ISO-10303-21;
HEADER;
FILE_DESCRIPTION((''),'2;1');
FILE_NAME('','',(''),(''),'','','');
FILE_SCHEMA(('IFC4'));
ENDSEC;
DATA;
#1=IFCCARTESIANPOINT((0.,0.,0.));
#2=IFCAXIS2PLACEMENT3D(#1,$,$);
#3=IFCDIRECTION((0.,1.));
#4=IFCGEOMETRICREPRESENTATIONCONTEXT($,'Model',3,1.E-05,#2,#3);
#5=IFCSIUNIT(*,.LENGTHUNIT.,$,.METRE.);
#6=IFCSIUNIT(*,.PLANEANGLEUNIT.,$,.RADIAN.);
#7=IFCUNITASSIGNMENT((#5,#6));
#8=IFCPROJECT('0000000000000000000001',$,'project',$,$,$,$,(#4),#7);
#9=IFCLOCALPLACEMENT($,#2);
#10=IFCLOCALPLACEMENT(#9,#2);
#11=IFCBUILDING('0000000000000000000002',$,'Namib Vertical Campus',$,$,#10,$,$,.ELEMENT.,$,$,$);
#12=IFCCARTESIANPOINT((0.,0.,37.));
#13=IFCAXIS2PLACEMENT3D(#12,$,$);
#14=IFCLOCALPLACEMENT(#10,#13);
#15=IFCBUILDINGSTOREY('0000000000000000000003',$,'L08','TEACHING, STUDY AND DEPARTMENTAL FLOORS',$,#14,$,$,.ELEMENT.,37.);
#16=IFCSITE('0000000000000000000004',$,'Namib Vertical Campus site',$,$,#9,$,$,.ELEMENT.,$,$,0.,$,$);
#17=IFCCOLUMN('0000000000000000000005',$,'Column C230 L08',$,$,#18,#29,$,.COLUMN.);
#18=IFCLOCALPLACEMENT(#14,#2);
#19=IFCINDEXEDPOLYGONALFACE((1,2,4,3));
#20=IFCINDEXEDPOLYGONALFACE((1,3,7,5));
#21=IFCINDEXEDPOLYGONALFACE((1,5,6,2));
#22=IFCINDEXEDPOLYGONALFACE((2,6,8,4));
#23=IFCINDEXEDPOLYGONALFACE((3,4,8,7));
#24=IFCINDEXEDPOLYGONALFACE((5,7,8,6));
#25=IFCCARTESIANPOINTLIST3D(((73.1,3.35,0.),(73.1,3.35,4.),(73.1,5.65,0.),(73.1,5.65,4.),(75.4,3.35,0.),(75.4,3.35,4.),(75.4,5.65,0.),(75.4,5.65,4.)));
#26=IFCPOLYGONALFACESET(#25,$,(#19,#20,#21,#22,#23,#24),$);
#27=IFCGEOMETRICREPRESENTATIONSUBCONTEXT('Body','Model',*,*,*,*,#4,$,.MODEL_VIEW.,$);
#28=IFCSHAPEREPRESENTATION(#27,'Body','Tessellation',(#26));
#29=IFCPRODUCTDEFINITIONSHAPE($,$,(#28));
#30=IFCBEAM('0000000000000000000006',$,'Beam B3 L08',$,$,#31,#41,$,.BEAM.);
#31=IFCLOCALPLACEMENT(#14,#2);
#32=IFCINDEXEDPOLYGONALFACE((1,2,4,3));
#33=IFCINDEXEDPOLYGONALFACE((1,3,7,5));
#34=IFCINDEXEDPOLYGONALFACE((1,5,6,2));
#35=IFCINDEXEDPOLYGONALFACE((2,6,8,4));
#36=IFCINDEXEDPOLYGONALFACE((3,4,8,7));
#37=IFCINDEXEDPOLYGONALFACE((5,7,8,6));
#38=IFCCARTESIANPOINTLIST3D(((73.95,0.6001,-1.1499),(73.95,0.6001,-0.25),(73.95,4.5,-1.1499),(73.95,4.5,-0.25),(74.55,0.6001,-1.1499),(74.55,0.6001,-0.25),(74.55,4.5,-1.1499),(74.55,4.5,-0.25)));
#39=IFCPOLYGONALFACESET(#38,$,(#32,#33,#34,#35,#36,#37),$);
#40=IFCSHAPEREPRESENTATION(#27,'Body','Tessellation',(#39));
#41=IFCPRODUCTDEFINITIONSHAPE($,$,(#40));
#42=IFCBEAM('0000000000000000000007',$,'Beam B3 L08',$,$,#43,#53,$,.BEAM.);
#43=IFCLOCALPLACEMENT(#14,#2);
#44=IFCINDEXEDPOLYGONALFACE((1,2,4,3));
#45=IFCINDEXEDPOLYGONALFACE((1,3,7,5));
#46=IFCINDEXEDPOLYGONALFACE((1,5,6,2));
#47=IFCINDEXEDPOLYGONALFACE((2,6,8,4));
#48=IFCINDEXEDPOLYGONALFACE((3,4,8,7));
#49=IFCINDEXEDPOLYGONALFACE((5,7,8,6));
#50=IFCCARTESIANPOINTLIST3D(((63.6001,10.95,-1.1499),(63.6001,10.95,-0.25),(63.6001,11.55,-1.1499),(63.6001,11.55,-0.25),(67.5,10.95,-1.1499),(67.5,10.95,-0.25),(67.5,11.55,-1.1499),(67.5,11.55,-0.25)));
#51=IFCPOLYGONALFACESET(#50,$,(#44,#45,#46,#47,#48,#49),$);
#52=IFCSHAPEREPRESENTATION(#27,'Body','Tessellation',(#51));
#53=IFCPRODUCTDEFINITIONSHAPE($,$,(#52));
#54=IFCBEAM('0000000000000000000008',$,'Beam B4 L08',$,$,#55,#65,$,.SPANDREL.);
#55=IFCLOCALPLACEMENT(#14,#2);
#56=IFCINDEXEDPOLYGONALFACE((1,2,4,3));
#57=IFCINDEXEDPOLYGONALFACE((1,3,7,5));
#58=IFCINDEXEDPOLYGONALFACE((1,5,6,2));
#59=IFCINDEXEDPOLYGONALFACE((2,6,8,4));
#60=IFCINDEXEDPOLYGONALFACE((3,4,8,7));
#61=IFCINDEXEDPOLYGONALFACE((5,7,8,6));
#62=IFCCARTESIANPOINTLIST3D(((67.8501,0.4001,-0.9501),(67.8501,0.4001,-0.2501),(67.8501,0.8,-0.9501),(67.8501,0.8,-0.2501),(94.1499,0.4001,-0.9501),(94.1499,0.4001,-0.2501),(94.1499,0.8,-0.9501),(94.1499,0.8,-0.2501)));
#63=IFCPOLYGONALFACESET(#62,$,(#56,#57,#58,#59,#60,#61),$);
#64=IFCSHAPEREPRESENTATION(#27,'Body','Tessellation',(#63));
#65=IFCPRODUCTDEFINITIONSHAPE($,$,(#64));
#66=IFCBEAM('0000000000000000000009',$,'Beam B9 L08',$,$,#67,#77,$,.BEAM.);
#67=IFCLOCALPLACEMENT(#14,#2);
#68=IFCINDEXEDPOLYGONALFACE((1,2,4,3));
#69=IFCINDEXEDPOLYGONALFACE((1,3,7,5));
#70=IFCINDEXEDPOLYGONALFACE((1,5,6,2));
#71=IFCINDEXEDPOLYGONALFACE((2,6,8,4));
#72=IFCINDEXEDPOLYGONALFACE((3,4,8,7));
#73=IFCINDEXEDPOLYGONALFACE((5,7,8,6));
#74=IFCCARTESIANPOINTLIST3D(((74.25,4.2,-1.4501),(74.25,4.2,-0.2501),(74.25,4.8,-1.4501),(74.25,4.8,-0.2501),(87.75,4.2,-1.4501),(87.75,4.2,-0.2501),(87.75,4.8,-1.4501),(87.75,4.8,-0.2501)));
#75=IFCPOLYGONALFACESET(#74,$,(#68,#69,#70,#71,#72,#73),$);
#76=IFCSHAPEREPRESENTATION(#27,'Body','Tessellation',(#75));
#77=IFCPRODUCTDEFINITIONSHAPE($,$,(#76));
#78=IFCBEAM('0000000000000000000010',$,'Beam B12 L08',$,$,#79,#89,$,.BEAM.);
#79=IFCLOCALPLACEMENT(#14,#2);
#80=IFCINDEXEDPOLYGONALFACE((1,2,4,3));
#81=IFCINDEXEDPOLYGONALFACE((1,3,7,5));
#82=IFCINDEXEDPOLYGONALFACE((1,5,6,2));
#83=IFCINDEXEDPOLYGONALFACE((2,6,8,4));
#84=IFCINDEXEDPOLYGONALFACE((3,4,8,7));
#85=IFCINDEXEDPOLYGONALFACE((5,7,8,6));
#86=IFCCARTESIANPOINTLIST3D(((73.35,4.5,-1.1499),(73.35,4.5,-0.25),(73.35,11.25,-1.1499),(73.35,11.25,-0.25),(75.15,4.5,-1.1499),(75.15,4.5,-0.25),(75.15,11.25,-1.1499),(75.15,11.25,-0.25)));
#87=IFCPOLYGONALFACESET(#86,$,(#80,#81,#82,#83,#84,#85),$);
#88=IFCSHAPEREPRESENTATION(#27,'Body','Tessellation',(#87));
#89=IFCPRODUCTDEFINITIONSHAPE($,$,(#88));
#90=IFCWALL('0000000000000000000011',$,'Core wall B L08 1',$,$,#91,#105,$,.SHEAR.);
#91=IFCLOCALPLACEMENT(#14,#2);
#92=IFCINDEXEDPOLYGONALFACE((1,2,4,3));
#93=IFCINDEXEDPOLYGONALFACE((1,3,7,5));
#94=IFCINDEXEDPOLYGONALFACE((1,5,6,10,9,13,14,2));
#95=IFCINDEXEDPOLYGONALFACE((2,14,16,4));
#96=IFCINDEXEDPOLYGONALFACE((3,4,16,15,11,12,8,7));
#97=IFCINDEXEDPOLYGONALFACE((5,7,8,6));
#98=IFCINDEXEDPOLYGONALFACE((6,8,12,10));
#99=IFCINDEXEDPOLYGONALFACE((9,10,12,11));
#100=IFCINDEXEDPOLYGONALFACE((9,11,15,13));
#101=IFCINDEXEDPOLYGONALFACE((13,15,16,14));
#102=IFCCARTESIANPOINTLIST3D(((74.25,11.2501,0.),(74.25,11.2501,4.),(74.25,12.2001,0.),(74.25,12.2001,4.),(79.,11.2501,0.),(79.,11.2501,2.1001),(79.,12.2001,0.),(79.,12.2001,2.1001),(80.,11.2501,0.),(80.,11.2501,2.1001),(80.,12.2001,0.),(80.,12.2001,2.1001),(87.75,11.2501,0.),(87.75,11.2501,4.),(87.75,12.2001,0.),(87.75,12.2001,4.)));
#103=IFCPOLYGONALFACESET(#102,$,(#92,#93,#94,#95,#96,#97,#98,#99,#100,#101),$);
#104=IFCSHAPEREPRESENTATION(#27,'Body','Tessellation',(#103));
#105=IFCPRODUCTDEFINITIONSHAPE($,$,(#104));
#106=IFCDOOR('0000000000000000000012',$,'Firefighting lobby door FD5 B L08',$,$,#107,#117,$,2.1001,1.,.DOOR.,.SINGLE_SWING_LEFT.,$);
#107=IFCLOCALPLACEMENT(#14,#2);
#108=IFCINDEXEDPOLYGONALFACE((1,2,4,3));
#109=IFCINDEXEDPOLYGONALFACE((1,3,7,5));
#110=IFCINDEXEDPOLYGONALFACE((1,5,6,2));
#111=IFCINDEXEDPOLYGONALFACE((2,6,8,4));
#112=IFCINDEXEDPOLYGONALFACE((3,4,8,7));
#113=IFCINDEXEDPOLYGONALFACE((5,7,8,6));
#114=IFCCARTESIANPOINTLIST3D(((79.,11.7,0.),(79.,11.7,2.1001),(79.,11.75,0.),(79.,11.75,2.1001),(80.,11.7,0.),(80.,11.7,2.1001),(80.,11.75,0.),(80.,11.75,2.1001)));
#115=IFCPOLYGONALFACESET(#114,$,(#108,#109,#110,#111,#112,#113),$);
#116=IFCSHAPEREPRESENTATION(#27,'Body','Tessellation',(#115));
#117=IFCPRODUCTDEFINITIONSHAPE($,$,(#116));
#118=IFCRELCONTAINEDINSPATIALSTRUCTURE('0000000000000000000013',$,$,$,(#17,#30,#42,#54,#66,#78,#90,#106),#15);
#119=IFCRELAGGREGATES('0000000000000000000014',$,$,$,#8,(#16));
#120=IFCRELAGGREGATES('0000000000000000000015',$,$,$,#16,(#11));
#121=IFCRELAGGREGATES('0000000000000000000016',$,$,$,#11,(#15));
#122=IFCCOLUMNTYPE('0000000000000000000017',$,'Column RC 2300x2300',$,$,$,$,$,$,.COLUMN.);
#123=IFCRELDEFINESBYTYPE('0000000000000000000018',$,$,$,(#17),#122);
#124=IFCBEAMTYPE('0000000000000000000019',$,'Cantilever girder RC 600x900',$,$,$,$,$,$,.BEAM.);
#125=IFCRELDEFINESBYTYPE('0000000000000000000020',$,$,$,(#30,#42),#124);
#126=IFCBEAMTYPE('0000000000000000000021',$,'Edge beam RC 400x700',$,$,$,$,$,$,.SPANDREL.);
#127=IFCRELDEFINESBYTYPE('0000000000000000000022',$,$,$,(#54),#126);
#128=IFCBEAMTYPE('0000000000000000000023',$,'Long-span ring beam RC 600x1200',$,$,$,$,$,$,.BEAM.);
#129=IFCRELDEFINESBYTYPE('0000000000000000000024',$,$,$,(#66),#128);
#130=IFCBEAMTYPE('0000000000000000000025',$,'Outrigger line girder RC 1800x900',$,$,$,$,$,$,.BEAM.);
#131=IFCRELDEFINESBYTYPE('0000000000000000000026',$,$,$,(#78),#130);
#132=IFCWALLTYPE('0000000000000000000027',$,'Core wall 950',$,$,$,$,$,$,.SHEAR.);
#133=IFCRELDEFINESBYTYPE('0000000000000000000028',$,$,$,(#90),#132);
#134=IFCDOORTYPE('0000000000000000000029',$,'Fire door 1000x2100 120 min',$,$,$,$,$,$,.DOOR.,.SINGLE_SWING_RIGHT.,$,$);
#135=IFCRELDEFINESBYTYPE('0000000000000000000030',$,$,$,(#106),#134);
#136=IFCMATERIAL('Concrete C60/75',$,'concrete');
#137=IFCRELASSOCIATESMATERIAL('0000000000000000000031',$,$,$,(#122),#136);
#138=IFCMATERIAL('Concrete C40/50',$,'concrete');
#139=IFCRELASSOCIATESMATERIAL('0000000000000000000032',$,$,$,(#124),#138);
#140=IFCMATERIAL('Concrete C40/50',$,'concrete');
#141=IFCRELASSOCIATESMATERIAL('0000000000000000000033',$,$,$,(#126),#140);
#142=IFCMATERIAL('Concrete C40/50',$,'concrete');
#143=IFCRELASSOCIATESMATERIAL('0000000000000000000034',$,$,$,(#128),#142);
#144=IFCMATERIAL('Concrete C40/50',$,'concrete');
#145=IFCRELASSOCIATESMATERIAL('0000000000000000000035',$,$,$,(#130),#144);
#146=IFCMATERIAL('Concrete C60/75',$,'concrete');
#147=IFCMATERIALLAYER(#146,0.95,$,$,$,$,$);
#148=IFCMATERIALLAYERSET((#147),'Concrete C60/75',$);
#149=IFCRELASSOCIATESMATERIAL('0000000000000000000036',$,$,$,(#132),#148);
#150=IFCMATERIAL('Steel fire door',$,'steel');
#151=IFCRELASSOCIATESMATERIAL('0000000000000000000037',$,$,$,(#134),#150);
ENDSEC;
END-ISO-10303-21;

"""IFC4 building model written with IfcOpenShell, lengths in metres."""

from ifc_helpers import new_model, si_unit, direction, frame, frame_2d, origin, origin_2d, place, context, subcontext, project, spatial, rectangle, extrude, material, layer, layer_set, material_profile, profile_set, type_object, element, fill, save


model = new_model("IFC4")

# Units and contexts
model_context = context("Model", 3, precision=1e-05, world=origin(), true_north=direction((0.0, 1.0)))
body_context = subcontext(model_context, "Body", "Model", "MODEL_VIEW")
ifc_project = project(units=[si_unit("LENGTHUNIT", "METRE"), si_unit("PLANEANGLEUNIT", "RADIAN")], contexts=[model_context])

# Site, building, storey
site_placement = place(None, origin())
site = spatial("IfcSite", under=ifc_project, at=site_placement, Name="Namib Vertical Campus site", CompositionType="ELEMENT", RefElevation=0.0)
building_placement = place(site_placement, origin())
building = spatial("IfcBuilding", under=site, at=building_placement, Name="Namib Vertical Campus", CompositionType="ELEMENT")
storey_placement = place(building_placement, frame((0.0, 0.0, 37.0)))
storey = spatial("IfcBuildingStorey", under=building, at=storey_placement, Name="L08", Description="TEACHING, STUDY AND DEPARTMENTAL FLOORS", CompositionType="ELEMENT", Elevation=37.0)

# Column
ifc_material_1 = material(Name="Concrete C60/75", Category="concrete")
ifc_material_profile_1 = material_profile(ifc_material_1, rectangle(XDim=2.3, YDim=2.3, at=origin_2d()))
ifc_profile_set_1 = profile_set([ifc_material_profile_1], Name="Concrete C60/75")
column_type = type_object("IfcColumnType", Name="Column RC 2300x2300", PredefinedType="COLUMN", material=ifc_profile_set_1)
column_placement = place(storey_placement, frame((74.25, 4.5, 0.0), z_axis=(0.0, 0.0, 1.0), x_axis=(1.0, 0.0, 0.0)))
element("IfcColumn", 1, at=column_placement, inside=storey, type_object=column_type, Name="Column C230 L08", PredefinedType="COLUMN", context=body_context, shape_type="SweptSolid", body=[
    extrude(rectangle(XDim=2.3, YDim=2.3, at=origin_2d()), origin(), (0.0, 0.0, 1.0), 4.0),
])

# Beams
ifc_material_2 = material(Name="Concrete C40/50", Category="concrete")
ifc_material_profile_2 = material_profile(ifc_material_2, rectangle(XDim=0.6001, YDim=0.8999, at=origin_2d()))
ifc_profile_set_2 = profile_set([ifc_material_profile_2], Name="Concrete C40/50")
beam_type_1 = type_object("IfcBeamType", Name="Cantilever girder RC 600x900", PredefinedType="BEAM", material=ifc_profile_set_2)
for number, where, z_axis, x_axis, name in (
    (2, (74.25, 4.5, -0.7), (0.0, -1.0, 0.0), (1.0, 0.0, 0.0), "Beam B3 L08"),
    (3, (67.5, 11.25, -0.7), (-1.0, 0.0, 0.0), (0.0, -1.0, 0.0), "Beam B3 L08"),
):
    element("IfcBeam", number, at=place(storey_placement, frame(where, z_axis=z_axis, x_axis=x_axis)), inside=storey, type_object=beam_type_1, Name=name, PredefinedType="BEAM", context=body_context, shape_type="SweptSolid", body=[
        extrude(rectangle(XDim=0.6001, YDim=0.8999, at=origin_2d()), origin(), (0.0, 0.0, 1.0), 3.8999),
    ])
ifc_material_3 = material(Name="Concrete C40/50", Category="concrete")
ifc_material_profile_3 = material_profile(ifc_material_3, rectangle(XDim=0.3999, YDim=0.7, at=origin_2d()))
ifc_profile_set_3 = profile_set([ifc_material_profile_3], Name="Concrete C40/50")
beam_type_2 = type_object("IfcBeamType", Name="Edge beam RC 400x700", PredefinedType="SPANDREL", material=ifc_profile_set_3)
beam_1_placement = place(storey_placement, frame((67.8501, 0.6001, -0.6001), z_axis=(1.0, 0.0, 0.0), x_axis=(0.0, 1.0, 0.0)))
element("IfcBeam", 4, at=beam_1_placement, inside=storey, type_object=beam_type_2, Name="Beam B4 L08", PredefinedType="SPANDREL", context=body_context, shape_type="SweptSolid", body=[
    extrude(rectangle(XDim=0.3999, YDim=0.7, at=origin_2d()), origin(), (0.0, 0.0, 1.0), 26.2998),
])
ifc_material_4 = material(Name="Concrete C40/50", Category="concrete")
ifc_material_profile_4 = material_profile(ifc_material_4, rectangle(XDim=0.6001, YDim=1.2, at=origin_2d()))
ifc_profile_set_4 = profile_set([ifc_material_profile_4], Name="Concrete C40/50")
beam_type_3 = type_object("IfcBeamType", Name="Long-span ring beam RC 600x1200", PredefinedType="BEAM", material=ifc_profile_set_4)
beam_2_placement = place(storey_placement, frame((74.25, 4.5, -0.8501), z_axis=(1.0, 0.0, 0.0), x_axis=(0.0, 1.0, 0.0)))
element("IfcBeam", 5, at=beam_2_placement, inside=storey, type_object=beam_type_3, Name="Beam B9 L08", PredefinedType="BEAM", context=body_context, shape_type="SweptSolid", body=[
    extrude(rectangle(XDim=0.6001, YDim=1.2, at=origin_2d()), origin(), (0.0, 0.0, 1.0), 13.5),
])
ifc_material_5 = material(Name="Concrete C40/50", Category="concrete")
ifc_material_profile_5 = material_profile(ifc_material_5, rectangle(XDim=1.8, YDim=0.8999, at=origin_2d()))
ifc_profile_set_5 = profile_set([ifc_material_profile_5], Name="Concrete C40/50")
beam_type_4 = type_object("IfcBeamType", Name="Outrigger line girder RC 1800x900", PredefinedType="BEAM", material=ifc_profile_set_5)
beam_3_placement = place(storey_placement, frame((74.25, 4.5, -0.7), z_axis=(0.0, 1.0, 0.0), x_axis=(-1.0, 0.0, 0.0)))
element("IfcBeam", 6, at=beam_3_placement, inside=storey, type_object=beam_type_4, Name="Beam B12 L08", PredefinedType="BEAM", context=body_context, shape_type="SweptSolid", body=[
    extrude(rectangle(XDim=1.8, YDim=0.8999, at=origin_2d()), origin(), (0.0, 0.0, 1.0), 6.75),
])

# Wall, opening, door
ifc_material_6 = material(Name="Concrete C60/75", Category="concrete")
ifc_layer_1 = layer(ifc_material_6, 0.95)
ifc_layer_set_1 = layer_set([ifc_layer_1], Name="Concrete C60/75")
wall_type_1 = type_object("IfcWallType", Name="Core wall 950", PredefinedType="SHEAR", material=ifc_layer_set_1)
wall_1_placement = place(storey_placement, frame((74.25, 11.7251, 0.0), z_axis=(0.0, 0.0, 1.0), x_axis=(1.0, 0.0, 0.0)))
wall_1 = element("IfcWall", 7, at=wall_1_placement, inside=storey, type_object=wall_type_1, Name="Core wall B L08 1", PredefinedType="SHEAR", context=body_context, shape_type="SweptSolid", body=[
    extrude(rectangle(XDim=13.5, YDim=0.95, at=frame_2d((6.75, 0.0))), origin(), (0.0, 0.0, 1.0), 4.0),
])
opening_1_placement = place(wall_1_placement, frame((4.75, 0.0, 0.0)))
opening_1 = element("IfcOpeningElement", 8, at=opening_1_placement, cuts=wall_1, PredefinedType="OPENING", context=body_context, shape_type="SweptSolid", body=[
    extrude(rectangle(XDim=1.0, YDim=2.1001, at=frame_2d((0.5, 1.05))), frame((0.0, 0.4849, 0.0), z_axis=(0.0, -1.0, 0.0), x_axis=(1.0, 0.0, 0.0)), (0.0, 0.0, 1.0), 0.97),
])
ifc_material_7 = material(Name="Steel fire door", Category="steel")
door_type_1 = type_object("IfcDoorType", Name="Fire door 1000x2100 120 min", OperationType="SINGLE_SWING_RIGHT", PredefinedType="DOOR", material=ifc_material_7)
door_1_placement = place(opening_1_placement, origin())
door_1 = element("IfcDoor", 9, at=door_1_placement, inside=storey, type_object=door_type_1, Name="Firefighting lobby door FD5 B L08", OperationType="SINGLE_SWING_LEFT", OverallHeight=2.1001, OverallWidth=1.0, PredefinedType="DOOR", context=body_context, shape_type="SweptSolid", body=[
    extrude(rectangle(XDim=1.0, YDim=2.1001, at=frame_2d((0.5, 1.05))), frame((0.0, 0.0249, 0.0), z_axis=(0.0, -1.0, 0.0), x_axis=(1.0, 0.0, 0.0)), (0.0, 0.0, 1.0), 0.05),
])
fill(opening_1, door_1)

save(model, "model.ifc")
